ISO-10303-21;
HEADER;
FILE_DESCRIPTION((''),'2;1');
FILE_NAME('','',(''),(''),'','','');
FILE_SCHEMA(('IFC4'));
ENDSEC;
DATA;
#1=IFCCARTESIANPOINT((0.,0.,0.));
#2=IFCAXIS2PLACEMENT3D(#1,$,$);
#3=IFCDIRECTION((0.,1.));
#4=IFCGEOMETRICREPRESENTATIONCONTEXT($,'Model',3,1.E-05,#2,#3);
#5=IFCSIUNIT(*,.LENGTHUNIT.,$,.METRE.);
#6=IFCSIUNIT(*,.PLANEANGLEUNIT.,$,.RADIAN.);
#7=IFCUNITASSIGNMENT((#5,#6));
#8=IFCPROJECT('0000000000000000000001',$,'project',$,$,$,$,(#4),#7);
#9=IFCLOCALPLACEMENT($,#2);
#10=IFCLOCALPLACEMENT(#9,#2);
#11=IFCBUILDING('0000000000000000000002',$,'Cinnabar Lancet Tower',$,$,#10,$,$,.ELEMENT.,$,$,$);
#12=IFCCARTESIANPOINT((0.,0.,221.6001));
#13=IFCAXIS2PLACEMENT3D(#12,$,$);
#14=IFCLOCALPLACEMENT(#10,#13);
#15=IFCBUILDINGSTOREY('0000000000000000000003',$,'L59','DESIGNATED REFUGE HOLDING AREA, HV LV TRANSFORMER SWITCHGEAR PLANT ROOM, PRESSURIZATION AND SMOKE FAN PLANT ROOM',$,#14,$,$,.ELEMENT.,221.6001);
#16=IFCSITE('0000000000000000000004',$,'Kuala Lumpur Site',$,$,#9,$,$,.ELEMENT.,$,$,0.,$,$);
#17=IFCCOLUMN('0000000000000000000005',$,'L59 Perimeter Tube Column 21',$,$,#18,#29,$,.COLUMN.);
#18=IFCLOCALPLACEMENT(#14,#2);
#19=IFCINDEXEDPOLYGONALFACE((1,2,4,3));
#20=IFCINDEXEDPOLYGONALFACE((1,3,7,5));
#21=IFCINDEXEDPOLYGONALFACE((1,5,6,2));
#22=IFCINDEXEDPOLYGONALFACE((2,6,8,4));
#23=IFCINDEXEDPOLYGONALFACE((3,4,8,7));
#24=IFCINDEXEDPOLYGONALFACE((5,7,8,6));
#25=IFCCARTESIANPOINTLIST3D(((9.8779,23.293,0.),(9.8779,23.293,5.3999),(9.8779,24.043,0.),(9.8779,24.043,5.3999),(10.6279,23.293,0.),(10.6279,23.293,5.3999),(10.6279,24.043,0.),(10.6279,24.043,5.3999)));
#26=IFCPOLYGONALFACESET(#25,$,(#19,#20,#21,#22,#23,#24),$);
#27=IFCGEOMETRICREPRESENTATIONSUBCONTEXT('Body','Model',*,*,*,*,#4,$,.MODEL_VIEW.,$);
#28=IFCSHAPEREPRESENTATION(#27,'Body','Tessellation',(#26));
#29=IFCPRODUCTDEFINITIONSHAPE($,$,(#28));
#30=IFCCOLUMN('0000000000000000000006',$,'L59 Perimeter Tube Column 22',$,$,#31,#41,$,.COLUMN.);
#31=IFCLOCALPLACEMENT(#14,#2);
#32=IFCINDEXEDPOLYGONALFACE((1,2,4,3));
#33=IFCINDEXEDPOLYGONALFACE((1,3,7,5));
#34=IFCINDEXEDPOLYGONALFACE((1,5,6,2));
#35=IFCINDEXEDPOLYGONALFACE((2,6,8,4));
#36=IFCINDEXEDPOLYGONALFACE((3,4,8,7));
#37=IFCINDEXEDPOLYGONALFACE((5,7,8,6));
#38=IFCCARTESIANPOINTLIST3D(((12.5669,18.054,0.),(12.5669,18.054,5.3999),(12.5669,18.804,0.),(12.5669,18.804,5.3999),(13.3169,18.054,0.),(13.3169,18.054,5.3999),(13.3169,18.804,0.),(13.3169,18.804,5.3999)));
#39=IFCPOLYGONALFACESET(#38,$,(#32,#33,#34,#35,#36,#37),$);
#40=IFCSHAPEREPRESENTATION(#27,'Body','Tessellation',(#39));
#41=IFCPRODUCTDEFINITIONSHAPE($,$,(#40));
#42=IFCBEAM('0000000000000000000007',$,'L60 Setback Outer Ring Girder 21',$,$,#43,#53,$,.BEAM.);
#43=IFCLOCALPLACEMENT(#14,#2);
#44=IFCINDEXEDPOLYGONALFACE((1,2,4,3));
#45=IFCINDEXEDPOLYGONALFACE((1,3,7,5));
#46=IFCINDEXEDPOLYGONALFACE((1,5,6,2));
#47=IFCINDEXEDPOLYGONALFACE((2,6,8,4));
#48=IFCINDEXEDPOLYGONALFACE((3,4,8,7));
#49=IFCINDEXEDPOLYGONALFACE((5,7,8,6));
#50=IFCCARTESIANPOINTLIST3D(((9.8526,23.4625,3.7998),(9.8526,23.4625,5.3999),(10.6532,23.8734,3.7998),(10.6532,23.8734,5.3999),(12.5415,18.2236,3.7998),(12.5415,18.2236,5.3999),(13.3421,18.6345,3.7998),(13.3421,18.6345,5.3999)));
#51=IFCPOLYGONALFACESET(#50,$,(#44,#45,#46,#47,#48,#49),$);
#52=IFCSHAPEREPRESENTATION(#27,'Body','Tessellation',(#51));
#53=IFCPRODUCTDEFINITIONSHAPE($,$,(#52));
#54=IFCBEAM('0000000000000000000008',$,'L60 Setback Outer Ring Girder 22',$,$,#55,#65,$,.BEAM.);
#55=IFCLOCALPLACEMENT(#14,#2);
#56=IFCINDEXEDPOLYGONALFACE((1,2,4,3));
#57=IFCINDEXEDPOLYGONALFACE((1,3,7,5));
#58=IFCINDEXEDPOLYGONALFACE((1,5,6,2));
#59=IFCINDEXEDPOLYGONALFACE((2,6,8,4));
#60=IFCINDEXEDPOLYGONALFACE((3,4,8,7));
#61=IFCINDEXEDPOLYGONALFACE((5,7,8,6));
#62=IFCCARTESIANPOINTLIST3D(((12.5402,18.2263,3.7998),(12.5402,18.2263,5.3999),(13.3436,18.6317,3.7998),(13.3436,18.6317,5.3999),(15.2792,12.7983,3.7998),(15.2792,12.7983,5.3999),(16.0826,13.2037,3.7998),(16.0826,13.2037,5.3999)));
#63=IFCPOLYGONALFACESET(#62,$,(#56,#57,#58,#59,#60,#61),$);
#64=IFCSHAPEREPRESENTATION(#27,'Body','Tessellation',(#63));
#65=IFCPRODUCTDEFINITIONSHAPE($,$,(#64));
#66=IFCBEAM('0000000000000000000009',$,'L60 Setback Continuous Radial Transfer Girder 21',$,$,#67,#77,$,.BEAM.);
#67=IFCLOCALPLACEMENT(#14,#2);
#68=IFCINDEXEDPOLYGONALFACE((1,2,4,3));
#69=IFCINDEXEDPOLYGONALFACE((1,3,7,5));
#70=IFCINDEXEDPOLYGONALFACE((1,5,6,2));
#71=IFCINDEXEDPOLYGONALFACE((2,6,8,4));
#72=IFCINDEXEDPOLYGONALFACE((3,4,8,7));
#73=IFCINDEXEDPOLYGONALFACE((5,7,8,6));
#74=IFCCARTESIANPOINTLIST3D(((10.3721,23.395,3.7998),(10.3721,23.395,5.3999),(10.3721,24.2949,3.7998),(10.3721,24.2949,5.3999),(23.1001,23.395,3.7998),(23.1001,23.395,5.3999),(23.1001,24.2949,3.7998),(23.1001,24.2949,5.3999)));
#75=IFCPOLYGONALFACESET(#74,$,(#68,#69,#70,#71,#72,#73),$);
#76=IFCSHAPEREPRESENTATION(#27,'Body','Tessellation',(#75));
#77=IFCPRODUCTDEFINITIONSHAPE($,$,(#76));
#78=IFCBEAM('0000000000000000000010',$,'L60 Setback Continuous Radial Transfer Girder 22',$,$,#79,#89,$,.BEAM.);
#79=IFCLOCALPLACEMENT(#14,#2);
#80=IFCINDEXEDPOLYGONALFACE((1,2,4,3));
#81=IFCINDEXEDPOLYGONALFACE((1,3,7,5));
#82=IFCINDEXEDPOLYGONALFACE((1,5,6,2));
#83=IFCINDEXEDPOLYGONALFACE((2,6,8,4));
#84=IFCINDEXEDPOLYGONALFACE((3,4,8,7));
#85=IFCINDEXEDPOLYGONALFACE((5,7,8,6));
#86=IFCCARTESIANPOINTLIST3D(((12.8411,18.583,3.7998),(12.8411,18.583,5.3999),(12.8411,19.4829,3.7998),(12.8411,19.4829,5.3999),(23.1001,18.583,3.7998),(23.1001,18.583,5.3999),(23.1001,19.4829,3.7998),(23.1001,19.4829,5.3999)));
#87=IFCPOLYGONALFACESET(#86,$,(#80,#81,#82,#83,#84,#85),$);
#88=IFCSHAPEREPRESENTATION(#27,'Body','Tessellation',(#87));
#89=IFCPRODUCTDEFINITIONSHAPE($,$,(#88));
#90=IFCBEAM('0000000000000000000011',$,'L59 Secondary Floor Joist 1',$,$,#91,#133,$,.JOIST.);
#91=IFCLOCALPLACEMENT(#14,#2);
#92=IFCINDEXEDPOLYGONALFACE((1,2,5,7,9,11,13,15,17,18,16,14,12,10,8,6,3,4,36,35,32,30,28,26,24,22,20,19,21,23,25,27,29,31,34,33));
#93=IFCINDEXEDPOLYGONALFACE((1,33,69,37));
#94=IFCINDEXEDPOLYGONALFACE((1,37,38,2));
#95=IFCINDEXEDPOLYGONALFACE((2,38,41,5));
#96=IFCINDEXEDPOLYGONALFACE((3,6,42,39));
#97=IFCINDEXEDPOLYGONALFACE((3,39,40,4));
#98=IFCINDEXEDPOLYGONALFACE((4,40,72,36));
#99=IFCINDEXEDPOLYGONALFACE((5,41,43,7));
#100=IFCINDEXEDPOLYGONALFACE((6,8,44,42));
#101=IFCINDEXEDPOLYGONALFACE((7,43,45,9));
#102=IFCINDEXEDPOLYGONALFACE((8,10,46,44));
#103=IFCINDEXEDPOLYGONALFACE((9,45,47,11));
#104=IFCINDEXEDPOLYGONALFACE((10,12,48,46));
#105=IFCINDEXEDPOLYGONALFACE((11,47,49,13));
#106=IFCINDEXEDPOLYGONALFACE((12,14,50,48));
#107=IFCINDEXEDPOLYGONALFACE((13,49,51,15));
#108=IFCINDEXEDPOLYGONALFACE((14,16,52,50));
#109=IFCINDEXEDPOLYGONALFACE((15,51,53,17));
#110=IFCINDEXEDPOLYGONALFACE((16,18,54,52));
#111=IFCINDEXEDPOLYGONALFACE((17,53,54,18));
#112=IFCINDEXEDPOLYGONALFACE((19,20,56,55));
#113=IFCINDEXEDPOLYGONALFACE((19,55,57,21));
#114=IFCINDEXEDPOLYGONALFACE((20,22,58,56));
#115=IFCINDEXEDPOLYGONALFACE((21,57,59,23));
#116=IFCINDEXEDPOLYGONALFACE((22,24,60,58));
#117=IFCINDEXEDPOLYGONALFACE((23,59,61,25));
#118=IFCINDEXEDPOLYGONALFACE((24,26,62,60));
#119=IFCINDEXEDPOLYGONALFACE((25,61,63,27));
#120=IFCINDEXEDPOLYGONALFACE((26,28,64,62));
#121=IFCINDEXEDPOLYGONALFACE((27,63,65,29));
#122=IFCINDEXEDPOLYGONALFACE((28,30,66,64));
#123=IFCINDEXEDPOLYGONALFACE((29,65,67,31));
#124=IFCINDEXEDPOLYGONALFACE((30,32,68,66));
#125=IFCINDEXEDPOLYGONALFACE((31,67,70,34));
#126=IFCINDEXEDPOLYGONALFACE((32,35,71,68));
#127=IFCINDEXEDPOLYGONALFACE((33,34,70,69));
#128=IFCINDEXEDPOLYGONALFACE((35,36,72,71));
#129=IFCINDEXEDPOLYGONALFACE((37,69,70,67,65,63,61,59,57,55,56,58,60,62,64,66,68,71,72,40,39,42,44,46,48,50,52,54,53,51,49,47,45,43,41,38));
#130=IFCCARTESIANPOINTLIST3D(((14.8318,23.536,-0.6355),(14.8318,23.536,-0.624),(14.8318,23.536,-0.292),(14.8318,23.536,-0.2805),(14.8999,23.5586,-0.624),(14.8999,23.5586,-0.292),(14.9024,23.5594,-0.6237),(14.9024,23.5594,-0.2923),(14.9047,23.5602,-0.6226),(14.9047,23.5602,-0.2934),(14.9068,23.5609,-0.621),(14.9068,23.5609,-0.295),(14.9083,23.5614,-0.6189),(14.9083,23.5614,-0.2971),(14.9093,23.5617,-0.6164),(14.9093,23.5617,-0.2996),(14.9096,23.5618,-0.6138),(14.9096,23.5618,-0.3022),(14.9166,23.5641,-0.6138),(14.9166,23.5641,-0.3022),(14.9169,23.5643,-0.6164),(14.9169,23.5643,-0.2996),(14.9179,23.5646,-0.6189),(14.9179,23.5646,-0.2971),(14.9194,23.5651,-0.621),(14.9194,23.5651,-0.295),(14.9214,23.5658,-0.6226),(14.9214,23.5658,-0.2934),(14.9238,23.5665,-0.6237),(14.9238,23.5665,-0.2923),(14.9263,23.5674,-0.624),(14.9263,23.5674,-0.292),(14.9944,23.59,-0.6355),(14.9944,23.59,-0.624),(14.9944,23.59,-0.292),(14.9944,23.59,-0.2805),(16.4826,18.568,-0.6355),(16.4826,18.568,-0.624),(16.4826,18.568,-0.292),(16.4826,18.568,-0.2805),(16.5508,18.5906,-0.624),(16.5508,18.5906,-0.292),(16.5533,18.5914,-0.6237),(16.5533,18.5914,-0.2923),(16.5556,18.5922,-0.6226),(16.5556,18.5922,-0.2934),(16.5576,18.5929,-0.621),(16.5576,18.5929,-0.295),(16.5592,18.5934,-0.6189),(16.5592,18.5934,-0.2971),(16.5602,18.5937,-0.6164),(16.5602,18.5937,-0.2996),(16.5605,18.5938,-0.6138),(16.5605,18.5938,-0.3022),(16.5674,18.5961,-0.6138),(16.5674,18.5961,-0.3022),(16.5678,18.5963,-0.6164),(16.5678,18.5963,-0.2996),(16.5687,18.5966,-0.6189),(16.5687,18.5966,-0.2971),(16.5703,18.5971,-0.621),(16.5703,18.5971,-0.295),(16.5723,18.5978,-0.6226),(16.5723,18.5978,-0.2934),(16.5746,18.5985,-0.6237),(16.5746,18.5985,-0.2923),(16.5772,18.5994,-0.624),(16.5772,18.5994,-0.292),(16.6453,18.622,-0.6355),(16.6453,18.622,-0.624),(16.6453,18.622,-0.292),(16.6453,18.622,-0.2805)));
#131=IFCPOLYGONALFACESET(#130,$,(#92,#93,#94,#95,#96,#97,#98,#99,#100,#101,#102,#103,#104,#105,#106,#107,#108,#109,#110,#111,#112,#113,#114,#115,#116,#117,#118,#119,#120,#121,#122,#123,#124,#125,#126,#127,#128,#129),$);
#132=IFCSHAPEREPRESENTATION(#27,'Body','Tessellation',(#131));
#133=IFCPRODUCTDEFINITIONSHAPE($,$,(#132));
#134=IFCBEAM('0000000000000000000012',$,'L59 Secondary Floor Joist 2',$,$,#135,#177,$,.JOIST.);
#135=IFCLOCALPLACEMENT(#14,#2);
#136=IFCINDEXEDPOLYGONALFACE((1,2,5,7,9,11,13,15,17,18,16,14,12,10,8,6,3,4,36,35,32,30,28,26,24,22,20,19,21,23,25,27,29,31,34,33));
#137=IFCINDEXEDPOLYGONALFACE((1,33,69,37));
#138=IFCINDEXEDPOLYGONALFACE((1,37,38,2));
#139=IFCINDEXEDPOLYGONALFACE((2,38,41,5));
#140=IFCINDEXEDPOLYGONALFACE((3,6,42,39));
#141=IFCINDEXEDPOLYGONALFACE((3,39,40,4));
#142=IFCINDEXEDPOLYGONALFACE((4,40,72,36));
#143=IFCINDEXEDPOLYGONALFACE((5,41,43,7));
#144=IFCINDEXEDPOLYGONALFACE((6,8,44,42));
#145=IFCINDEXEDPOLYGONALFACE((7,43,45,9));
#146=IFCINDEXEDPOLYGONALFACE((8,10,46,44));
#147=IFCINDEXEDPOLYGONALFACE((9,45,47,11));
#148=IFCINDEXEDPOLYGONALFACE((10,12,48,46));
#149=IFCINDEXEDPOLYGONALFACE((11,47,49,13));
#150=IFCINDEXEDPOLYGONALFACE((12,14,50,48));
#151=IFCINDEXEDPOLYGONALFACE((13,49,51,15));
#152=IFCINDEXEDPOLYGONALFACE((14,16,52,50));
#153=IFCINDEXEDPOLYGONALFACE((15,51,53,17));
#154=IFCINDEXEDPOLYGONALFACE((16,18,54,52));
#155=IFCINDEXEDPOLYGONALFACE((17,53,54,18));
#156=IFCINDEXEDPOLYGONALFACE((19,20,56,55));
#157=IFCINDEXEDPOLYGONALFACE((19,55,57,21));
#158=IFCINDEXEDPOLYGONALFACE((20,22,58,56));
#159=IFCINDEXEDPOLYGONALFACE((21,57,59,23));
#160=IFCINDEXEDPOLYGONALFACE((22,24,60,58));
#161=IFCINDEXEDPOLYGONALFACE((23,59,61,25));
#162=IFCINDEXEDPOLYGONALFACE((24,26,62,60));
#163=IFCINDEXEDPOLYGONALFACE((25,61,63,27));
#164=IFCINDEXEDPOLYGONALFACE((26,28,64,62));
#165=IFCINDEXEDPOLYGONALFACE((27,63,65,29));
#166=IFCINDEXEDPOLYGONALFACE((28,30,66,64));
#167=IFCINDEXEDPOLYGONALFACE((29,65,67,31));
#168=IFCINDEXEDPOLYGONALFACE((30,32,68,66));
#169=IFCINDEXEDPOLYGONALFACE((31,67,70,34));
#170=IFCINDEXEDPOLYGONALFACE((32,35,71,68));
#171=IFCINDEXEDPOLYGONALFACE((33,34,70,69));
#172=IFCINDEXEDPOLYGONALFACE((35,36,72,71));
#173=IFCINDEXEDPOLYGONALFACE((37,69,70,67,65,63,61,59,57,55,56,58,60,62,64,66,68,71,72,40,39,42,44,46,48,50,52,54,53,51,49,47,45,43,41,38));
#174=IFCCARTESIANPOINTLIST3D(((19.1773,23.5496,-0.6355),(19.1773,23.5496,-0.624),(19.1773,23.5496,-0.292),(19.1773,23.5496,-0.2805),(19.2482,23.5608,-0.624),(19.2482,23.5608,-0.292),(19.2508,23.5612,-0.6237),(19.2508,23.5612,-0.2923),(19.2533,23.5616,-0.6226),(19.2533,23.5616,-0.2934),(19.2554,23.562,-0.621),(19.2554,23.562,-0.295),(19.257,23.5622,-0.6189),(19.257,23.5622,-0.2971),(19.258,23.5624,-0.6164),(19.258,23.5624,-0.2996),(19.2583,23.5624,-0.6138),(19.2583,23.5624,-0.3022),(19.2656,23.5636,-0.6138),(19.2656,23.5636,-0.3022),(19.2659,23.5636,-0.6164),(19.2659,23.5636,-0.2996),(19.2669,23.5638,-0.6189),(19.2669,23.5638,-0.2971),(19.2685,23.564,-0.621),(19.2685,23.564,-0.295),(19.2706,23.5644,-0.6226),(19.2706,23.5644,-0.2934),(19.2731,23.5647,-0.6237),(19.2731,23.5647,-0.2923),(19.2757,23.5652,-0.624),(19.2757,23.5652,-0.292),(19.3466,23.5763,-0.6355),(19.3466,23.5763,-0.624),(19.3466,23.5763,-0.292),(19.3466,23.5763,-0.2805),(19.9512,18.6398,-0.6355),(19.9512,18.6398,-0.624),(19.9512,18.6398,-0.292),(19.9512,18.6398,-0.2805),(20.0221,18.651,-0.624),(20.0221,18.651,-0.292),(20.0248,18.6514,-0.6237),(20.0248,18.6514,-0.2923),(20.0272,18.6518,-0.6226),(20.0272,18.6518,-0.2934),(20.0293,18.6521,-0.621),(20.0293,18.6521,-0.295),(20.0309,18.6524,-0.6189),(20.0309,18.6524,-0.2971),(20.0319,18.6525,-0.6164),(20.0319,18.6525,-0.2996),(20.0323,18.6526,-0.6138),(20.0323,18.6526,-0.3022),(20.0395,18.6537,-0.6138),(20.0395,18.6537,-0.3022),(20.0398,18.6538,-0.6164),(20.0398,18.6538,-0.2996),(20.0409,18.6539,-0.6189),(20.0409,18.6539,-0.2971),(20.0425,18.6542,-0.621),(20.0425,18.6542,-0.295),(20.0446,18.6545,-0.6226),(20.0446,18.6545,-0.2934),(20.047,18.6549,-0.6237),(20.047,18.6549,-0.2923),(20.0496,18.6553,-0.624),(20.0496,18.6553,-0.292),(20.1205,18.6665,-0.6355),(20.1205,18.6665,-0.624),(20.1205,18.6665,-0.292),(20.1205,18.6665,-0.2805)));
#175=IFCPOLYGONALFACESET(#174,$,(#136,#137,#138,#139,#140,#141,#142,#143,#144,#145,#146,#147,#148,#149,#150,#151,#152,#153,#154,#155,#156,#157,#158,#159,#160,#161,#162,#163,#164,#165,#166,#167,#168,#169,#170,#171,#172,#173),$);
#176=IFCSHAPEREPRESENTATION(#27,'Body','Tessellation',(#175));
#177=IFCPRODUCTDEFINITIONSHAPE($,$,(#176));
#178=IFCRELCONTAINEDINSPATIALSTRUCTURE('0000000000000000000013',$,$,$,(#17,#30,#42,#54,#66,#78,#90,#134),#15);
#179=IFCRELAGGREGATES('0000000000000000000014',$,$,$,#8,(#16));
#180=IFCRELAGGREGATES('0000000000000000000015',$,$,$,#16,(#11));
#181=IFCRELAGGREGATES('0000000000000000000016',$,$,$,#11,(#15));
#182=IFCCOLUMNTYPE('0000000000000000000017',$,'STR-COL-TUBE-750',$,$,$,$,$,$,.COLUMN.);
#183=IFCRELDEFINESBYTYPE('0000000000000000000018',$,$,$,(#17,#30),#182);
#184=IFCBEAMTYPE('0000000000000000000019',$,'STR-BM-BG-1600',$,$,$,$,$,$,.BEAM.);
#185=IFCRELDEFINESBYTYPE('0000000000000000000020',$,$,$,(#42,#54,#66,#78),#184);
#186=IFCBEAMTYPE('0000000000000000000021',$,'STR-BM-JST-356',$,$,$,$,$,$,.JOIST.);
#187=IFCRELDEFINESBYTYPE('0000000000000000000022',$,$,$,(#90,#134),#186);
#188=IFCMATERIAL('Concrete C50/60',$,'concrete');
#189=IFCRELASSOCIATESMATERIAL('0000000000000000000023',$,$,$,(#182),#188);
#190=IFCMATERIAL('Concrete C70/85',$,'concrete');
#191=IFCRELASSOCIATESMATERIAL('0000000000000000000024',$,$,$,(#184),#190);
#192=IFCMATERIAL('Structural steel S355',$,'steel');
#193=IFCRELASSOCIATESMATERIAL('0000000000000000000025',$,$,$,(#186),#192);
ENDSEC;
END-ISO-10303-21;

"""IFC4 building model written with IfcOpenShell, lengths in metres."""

from ifc_helpers import new_model, si_unit, direction, frame, origin, origin_2d, place, context, subcontext, project, spatial, rectangle, i_section, extrude, material, material_profile, profile_set, type_object, element, save


model = new_model("IFC4")

# Units and contexts
model_context = context("Model", 3, precision=1e-05, world=origin(), true_north=direction((0.0, 1.0)))
body_context = subcontext(model_context, "Body", "Model", "MODEL_VIEW")
ifc_project = project(units=[si_unit("LENGTHUNIT", "METRE"), si_unit("PLANEANGLEUNIT", "RADIAN")], contexts=[model_context])

# Site, building, storey
site_placement = place(None, origin())
site = spatial("IfcSite", under=ifc_project, at=site_placement, Name="Kuala Lumpur Site", CompositionType="ELEMENT", RefElevation=0.0)
building_placement = place(site_placement, origin())
building = spatial("IfcBuilding", under=site, at=building_placement, Name="Cinnabar Lancet Tower", CompositionType="ELEMENT")
storey_placement = place(building_placement, frame((0.0, 0.0, 221.6001)))
storey = spatial("IfcBuildingStorey", under=building, at=storey_placement, Name="L59", Description="DESIGNATED REFUGE HOLDING AREA, HV LV TRANSFORMER SWITCHGEAR PLANT ROOM, PRESSURIZATION AND SMOKE FAN PLANT ROOM", CompositionType="ELEMENT", Elevation=221.6001)

# Columns
ifc_material_1 = material(Name="Concrete C50/60", Category="concrete")
ifc_material_profile_1 = material_profile(ifc_material_1, rectangle(XDim=0.75, YDim=0.75, at=origin_2d()), Name="RC-COL 750x750")
ifc_profile_set_1 = profile_set([ifc_material_profile_1], Name="Concrete C50/60")
column_type = type_object("IfcColumnType", Name="STR-COL-TUBE-750", PredefinedType="COLUMN", material=ifc_profile_set_1)
for number, where, z_axis, x_axis, name in (
    (1, (10.2529, 23.668, 0.0), (0.0, 0.0, 1.0), (1.0, 0.0, 0.0), "L59 Perimeter Tube Column 21"),
    (2, (12.9419, 18.429, 0.0), (0.0, 0.0, 1.0), (1.0, 0.0, 0.0), "L59 Perimeter Tube Column 22"),
):
    element("IfcColumn", number, at=place(storey_placement, frame(where, z_axis=z_axis, x_axis=x_axis)), inside=storey, type_object=column_type, Name=name, PredefinedType="COLUMN", context=body_context, shape_type="SweptSolid", body=[
        extrude(rectangle(XDim=0.75, YDim=0.75, at=origin_2d()), origin(), (0.0, 0.0, 1.0), 5.3999),
    ])

# Beams
ifc_material_2 = material(Name="Concrete C70/85", Category="concrete")
ifc_material_profile_2 = material_profile(ifc_material_2, rectangle(XDim=0.8999, YDim=1.6001, at=origin_2d()), Name="RC-BG 900x1600")
ifc_profile_set_2 = profile_set([ifc_material_profile_2], Name="Concrete C70/85")
beam_type_1 = type_object("IfcBeamType", Name="STR-BM-BG-1600", PredefinedType="BEAM", material=ifc_profile_set_2)
beam_1_placement = place(storey_placement, frame((10.2529, 23.668, 4.5999), z_axis=(0.456625, -0.889659, 0.0), x_axis=(0.889659, 0.456625, 0.0)))
element("IfcBeam", 3, at=beam_1_placement, inside=storey, type_object=beam_type_1, Name="L60 Setback Outer Ring Girder 21", PredefinedType="BEAM", context=body_context, shape_type="SweptSolid", body=[
    extrude(rectangle(XDim=0.8999, YDim=1.6001, at=origin_2d()), origin(), (0.0, 0.0, 1.0), 5.8887),
])
beam_2_placement = place(storey_placement, frame((12.9419, 18.429, 4.5999), z_axis=(0.450503, -0.892775, 0.0), x_axis=(0.892775, 0.450503, 0.0)))
element("IfcBeam", 4, at=beam_2_placement, inside=storey, type_object=beam_type_1, Name="L60 Setback Outer Ring Girder 22", PredefinedType="BEAM", context=body_context, shape_type="SweptSolid", body=[
    extrude(rectangle(XDim=0.8999, YDim=1.6001, at=origin_2d()), origin(), (0.0, 0.0, 1.0), 6.0798),
])
beam_3_placement = place(storey_placement, frame((10.3721, 23.845, 4.5999), z_axis=(1.0, 0.0, 0.0), x_axis=(0.0, 1.0, 0.0)))
element("IfcBeam", 5, at=beam_3_placement, inside=storey, type_object=beam_type_1, Name="L60 Setback Continuous Radial Transfer Girder 21", PredefinedType="BEAM", context=body_context, shape_type="SweptSolid", body=[
    extrude(rectangle(XDim=0.8999, YDim=1.6001, at=origin_2d()), origin(), (0.0, 0.0, 1.0), 12.728),
])
beam_4_placement = place(storey_placement, frame((12.8411, 19.033, 4.5999), z_axis=(1.0, 0.0, 0.0), x_axis=(0.0, 1.0, 0.0)))
element("IfcBeam", 6, at=beam_4_placement, inside=storey, type_object=beam_type_1, Name="L60 Setback Continuous Radial Transfer Girder 22", PredefinedType="BEAM", context=body_context, shape_type="SweptSolid", body=[
    extrude(rectangle(XDim=0.8999, YDim=1.6001, at=origin_2d()), origin(), (0.0, 0.0, 1.0), 10.259),
])
ifc_material_3 = material(Name="Structural steel S355", Category="steel")
ifc_material_profile_3 = material_profile(ifc_material_3, i_section(OverallWidth=0.1714, OverallDepth=0.355, WebThickness=0.0073, FlangeThickness=0.0115, FilletRadius=0.0103, at=origin_2d()), Name="UKB 356x171x51")
ifc_profile_set_3 = profile_set([ifc_material_profile_3], Name="Structural steel S355")
beam_type_2 = type_object("IfcBeamType", Name="STR-BM-JST-356", PredefinedType="JOIST", material=ifc_profile_set_3)
beam_5_placement = place(storey_placement, frame((14.9131, 23.563, -0.458), z_axis=(0.315346, -0.948977, 0.0), x_axis=(0.948977, 0.315346, 0.0)))
element("IfcBeam", 7, at=beam_5_placement, inside=storey, type_object=beam_type_2, Name="L59 Secondary Floor Joist 1", PredefinedType="JOIST", context=body_context, shape_type="SweptSolid", body=[
    extrude(i_section(OverallWidth=0.1714, OverallDepth=0.355, WebThickness=0.0073, FlangeThickness=0.0115, FilletRadius=0.0103, at=origin_2d()), origin(), (0.0, 0.0, 1.0), 5.2351),
])
beam_6_placement = place(storey_placement, frame((19.262, 23.563, -0.458), z_axis=(0.155703, -0.987804, 0.0), x_axis=(0.987804, 0.155703, 0.0)))
element("IfcBeam", 8, at=beam_6_placement, inside=storey, type_object=beam_type_2, Name="L59 Secondary Floor Joist 2", PredefinedType="JOIST", context=body_context, shape_type="SweptSolid", body=[
    extrude(i_section(OverallWidth=0.1714, OverallDepth=0.355, WebThickness=0.0073, FlangeThickness=0.0115, FilletRadius=0.0103, at=origin_2d()), origin(), (0.0, 0.0, 1.0), 4.9705),
])

save(model, "model.ifc")
